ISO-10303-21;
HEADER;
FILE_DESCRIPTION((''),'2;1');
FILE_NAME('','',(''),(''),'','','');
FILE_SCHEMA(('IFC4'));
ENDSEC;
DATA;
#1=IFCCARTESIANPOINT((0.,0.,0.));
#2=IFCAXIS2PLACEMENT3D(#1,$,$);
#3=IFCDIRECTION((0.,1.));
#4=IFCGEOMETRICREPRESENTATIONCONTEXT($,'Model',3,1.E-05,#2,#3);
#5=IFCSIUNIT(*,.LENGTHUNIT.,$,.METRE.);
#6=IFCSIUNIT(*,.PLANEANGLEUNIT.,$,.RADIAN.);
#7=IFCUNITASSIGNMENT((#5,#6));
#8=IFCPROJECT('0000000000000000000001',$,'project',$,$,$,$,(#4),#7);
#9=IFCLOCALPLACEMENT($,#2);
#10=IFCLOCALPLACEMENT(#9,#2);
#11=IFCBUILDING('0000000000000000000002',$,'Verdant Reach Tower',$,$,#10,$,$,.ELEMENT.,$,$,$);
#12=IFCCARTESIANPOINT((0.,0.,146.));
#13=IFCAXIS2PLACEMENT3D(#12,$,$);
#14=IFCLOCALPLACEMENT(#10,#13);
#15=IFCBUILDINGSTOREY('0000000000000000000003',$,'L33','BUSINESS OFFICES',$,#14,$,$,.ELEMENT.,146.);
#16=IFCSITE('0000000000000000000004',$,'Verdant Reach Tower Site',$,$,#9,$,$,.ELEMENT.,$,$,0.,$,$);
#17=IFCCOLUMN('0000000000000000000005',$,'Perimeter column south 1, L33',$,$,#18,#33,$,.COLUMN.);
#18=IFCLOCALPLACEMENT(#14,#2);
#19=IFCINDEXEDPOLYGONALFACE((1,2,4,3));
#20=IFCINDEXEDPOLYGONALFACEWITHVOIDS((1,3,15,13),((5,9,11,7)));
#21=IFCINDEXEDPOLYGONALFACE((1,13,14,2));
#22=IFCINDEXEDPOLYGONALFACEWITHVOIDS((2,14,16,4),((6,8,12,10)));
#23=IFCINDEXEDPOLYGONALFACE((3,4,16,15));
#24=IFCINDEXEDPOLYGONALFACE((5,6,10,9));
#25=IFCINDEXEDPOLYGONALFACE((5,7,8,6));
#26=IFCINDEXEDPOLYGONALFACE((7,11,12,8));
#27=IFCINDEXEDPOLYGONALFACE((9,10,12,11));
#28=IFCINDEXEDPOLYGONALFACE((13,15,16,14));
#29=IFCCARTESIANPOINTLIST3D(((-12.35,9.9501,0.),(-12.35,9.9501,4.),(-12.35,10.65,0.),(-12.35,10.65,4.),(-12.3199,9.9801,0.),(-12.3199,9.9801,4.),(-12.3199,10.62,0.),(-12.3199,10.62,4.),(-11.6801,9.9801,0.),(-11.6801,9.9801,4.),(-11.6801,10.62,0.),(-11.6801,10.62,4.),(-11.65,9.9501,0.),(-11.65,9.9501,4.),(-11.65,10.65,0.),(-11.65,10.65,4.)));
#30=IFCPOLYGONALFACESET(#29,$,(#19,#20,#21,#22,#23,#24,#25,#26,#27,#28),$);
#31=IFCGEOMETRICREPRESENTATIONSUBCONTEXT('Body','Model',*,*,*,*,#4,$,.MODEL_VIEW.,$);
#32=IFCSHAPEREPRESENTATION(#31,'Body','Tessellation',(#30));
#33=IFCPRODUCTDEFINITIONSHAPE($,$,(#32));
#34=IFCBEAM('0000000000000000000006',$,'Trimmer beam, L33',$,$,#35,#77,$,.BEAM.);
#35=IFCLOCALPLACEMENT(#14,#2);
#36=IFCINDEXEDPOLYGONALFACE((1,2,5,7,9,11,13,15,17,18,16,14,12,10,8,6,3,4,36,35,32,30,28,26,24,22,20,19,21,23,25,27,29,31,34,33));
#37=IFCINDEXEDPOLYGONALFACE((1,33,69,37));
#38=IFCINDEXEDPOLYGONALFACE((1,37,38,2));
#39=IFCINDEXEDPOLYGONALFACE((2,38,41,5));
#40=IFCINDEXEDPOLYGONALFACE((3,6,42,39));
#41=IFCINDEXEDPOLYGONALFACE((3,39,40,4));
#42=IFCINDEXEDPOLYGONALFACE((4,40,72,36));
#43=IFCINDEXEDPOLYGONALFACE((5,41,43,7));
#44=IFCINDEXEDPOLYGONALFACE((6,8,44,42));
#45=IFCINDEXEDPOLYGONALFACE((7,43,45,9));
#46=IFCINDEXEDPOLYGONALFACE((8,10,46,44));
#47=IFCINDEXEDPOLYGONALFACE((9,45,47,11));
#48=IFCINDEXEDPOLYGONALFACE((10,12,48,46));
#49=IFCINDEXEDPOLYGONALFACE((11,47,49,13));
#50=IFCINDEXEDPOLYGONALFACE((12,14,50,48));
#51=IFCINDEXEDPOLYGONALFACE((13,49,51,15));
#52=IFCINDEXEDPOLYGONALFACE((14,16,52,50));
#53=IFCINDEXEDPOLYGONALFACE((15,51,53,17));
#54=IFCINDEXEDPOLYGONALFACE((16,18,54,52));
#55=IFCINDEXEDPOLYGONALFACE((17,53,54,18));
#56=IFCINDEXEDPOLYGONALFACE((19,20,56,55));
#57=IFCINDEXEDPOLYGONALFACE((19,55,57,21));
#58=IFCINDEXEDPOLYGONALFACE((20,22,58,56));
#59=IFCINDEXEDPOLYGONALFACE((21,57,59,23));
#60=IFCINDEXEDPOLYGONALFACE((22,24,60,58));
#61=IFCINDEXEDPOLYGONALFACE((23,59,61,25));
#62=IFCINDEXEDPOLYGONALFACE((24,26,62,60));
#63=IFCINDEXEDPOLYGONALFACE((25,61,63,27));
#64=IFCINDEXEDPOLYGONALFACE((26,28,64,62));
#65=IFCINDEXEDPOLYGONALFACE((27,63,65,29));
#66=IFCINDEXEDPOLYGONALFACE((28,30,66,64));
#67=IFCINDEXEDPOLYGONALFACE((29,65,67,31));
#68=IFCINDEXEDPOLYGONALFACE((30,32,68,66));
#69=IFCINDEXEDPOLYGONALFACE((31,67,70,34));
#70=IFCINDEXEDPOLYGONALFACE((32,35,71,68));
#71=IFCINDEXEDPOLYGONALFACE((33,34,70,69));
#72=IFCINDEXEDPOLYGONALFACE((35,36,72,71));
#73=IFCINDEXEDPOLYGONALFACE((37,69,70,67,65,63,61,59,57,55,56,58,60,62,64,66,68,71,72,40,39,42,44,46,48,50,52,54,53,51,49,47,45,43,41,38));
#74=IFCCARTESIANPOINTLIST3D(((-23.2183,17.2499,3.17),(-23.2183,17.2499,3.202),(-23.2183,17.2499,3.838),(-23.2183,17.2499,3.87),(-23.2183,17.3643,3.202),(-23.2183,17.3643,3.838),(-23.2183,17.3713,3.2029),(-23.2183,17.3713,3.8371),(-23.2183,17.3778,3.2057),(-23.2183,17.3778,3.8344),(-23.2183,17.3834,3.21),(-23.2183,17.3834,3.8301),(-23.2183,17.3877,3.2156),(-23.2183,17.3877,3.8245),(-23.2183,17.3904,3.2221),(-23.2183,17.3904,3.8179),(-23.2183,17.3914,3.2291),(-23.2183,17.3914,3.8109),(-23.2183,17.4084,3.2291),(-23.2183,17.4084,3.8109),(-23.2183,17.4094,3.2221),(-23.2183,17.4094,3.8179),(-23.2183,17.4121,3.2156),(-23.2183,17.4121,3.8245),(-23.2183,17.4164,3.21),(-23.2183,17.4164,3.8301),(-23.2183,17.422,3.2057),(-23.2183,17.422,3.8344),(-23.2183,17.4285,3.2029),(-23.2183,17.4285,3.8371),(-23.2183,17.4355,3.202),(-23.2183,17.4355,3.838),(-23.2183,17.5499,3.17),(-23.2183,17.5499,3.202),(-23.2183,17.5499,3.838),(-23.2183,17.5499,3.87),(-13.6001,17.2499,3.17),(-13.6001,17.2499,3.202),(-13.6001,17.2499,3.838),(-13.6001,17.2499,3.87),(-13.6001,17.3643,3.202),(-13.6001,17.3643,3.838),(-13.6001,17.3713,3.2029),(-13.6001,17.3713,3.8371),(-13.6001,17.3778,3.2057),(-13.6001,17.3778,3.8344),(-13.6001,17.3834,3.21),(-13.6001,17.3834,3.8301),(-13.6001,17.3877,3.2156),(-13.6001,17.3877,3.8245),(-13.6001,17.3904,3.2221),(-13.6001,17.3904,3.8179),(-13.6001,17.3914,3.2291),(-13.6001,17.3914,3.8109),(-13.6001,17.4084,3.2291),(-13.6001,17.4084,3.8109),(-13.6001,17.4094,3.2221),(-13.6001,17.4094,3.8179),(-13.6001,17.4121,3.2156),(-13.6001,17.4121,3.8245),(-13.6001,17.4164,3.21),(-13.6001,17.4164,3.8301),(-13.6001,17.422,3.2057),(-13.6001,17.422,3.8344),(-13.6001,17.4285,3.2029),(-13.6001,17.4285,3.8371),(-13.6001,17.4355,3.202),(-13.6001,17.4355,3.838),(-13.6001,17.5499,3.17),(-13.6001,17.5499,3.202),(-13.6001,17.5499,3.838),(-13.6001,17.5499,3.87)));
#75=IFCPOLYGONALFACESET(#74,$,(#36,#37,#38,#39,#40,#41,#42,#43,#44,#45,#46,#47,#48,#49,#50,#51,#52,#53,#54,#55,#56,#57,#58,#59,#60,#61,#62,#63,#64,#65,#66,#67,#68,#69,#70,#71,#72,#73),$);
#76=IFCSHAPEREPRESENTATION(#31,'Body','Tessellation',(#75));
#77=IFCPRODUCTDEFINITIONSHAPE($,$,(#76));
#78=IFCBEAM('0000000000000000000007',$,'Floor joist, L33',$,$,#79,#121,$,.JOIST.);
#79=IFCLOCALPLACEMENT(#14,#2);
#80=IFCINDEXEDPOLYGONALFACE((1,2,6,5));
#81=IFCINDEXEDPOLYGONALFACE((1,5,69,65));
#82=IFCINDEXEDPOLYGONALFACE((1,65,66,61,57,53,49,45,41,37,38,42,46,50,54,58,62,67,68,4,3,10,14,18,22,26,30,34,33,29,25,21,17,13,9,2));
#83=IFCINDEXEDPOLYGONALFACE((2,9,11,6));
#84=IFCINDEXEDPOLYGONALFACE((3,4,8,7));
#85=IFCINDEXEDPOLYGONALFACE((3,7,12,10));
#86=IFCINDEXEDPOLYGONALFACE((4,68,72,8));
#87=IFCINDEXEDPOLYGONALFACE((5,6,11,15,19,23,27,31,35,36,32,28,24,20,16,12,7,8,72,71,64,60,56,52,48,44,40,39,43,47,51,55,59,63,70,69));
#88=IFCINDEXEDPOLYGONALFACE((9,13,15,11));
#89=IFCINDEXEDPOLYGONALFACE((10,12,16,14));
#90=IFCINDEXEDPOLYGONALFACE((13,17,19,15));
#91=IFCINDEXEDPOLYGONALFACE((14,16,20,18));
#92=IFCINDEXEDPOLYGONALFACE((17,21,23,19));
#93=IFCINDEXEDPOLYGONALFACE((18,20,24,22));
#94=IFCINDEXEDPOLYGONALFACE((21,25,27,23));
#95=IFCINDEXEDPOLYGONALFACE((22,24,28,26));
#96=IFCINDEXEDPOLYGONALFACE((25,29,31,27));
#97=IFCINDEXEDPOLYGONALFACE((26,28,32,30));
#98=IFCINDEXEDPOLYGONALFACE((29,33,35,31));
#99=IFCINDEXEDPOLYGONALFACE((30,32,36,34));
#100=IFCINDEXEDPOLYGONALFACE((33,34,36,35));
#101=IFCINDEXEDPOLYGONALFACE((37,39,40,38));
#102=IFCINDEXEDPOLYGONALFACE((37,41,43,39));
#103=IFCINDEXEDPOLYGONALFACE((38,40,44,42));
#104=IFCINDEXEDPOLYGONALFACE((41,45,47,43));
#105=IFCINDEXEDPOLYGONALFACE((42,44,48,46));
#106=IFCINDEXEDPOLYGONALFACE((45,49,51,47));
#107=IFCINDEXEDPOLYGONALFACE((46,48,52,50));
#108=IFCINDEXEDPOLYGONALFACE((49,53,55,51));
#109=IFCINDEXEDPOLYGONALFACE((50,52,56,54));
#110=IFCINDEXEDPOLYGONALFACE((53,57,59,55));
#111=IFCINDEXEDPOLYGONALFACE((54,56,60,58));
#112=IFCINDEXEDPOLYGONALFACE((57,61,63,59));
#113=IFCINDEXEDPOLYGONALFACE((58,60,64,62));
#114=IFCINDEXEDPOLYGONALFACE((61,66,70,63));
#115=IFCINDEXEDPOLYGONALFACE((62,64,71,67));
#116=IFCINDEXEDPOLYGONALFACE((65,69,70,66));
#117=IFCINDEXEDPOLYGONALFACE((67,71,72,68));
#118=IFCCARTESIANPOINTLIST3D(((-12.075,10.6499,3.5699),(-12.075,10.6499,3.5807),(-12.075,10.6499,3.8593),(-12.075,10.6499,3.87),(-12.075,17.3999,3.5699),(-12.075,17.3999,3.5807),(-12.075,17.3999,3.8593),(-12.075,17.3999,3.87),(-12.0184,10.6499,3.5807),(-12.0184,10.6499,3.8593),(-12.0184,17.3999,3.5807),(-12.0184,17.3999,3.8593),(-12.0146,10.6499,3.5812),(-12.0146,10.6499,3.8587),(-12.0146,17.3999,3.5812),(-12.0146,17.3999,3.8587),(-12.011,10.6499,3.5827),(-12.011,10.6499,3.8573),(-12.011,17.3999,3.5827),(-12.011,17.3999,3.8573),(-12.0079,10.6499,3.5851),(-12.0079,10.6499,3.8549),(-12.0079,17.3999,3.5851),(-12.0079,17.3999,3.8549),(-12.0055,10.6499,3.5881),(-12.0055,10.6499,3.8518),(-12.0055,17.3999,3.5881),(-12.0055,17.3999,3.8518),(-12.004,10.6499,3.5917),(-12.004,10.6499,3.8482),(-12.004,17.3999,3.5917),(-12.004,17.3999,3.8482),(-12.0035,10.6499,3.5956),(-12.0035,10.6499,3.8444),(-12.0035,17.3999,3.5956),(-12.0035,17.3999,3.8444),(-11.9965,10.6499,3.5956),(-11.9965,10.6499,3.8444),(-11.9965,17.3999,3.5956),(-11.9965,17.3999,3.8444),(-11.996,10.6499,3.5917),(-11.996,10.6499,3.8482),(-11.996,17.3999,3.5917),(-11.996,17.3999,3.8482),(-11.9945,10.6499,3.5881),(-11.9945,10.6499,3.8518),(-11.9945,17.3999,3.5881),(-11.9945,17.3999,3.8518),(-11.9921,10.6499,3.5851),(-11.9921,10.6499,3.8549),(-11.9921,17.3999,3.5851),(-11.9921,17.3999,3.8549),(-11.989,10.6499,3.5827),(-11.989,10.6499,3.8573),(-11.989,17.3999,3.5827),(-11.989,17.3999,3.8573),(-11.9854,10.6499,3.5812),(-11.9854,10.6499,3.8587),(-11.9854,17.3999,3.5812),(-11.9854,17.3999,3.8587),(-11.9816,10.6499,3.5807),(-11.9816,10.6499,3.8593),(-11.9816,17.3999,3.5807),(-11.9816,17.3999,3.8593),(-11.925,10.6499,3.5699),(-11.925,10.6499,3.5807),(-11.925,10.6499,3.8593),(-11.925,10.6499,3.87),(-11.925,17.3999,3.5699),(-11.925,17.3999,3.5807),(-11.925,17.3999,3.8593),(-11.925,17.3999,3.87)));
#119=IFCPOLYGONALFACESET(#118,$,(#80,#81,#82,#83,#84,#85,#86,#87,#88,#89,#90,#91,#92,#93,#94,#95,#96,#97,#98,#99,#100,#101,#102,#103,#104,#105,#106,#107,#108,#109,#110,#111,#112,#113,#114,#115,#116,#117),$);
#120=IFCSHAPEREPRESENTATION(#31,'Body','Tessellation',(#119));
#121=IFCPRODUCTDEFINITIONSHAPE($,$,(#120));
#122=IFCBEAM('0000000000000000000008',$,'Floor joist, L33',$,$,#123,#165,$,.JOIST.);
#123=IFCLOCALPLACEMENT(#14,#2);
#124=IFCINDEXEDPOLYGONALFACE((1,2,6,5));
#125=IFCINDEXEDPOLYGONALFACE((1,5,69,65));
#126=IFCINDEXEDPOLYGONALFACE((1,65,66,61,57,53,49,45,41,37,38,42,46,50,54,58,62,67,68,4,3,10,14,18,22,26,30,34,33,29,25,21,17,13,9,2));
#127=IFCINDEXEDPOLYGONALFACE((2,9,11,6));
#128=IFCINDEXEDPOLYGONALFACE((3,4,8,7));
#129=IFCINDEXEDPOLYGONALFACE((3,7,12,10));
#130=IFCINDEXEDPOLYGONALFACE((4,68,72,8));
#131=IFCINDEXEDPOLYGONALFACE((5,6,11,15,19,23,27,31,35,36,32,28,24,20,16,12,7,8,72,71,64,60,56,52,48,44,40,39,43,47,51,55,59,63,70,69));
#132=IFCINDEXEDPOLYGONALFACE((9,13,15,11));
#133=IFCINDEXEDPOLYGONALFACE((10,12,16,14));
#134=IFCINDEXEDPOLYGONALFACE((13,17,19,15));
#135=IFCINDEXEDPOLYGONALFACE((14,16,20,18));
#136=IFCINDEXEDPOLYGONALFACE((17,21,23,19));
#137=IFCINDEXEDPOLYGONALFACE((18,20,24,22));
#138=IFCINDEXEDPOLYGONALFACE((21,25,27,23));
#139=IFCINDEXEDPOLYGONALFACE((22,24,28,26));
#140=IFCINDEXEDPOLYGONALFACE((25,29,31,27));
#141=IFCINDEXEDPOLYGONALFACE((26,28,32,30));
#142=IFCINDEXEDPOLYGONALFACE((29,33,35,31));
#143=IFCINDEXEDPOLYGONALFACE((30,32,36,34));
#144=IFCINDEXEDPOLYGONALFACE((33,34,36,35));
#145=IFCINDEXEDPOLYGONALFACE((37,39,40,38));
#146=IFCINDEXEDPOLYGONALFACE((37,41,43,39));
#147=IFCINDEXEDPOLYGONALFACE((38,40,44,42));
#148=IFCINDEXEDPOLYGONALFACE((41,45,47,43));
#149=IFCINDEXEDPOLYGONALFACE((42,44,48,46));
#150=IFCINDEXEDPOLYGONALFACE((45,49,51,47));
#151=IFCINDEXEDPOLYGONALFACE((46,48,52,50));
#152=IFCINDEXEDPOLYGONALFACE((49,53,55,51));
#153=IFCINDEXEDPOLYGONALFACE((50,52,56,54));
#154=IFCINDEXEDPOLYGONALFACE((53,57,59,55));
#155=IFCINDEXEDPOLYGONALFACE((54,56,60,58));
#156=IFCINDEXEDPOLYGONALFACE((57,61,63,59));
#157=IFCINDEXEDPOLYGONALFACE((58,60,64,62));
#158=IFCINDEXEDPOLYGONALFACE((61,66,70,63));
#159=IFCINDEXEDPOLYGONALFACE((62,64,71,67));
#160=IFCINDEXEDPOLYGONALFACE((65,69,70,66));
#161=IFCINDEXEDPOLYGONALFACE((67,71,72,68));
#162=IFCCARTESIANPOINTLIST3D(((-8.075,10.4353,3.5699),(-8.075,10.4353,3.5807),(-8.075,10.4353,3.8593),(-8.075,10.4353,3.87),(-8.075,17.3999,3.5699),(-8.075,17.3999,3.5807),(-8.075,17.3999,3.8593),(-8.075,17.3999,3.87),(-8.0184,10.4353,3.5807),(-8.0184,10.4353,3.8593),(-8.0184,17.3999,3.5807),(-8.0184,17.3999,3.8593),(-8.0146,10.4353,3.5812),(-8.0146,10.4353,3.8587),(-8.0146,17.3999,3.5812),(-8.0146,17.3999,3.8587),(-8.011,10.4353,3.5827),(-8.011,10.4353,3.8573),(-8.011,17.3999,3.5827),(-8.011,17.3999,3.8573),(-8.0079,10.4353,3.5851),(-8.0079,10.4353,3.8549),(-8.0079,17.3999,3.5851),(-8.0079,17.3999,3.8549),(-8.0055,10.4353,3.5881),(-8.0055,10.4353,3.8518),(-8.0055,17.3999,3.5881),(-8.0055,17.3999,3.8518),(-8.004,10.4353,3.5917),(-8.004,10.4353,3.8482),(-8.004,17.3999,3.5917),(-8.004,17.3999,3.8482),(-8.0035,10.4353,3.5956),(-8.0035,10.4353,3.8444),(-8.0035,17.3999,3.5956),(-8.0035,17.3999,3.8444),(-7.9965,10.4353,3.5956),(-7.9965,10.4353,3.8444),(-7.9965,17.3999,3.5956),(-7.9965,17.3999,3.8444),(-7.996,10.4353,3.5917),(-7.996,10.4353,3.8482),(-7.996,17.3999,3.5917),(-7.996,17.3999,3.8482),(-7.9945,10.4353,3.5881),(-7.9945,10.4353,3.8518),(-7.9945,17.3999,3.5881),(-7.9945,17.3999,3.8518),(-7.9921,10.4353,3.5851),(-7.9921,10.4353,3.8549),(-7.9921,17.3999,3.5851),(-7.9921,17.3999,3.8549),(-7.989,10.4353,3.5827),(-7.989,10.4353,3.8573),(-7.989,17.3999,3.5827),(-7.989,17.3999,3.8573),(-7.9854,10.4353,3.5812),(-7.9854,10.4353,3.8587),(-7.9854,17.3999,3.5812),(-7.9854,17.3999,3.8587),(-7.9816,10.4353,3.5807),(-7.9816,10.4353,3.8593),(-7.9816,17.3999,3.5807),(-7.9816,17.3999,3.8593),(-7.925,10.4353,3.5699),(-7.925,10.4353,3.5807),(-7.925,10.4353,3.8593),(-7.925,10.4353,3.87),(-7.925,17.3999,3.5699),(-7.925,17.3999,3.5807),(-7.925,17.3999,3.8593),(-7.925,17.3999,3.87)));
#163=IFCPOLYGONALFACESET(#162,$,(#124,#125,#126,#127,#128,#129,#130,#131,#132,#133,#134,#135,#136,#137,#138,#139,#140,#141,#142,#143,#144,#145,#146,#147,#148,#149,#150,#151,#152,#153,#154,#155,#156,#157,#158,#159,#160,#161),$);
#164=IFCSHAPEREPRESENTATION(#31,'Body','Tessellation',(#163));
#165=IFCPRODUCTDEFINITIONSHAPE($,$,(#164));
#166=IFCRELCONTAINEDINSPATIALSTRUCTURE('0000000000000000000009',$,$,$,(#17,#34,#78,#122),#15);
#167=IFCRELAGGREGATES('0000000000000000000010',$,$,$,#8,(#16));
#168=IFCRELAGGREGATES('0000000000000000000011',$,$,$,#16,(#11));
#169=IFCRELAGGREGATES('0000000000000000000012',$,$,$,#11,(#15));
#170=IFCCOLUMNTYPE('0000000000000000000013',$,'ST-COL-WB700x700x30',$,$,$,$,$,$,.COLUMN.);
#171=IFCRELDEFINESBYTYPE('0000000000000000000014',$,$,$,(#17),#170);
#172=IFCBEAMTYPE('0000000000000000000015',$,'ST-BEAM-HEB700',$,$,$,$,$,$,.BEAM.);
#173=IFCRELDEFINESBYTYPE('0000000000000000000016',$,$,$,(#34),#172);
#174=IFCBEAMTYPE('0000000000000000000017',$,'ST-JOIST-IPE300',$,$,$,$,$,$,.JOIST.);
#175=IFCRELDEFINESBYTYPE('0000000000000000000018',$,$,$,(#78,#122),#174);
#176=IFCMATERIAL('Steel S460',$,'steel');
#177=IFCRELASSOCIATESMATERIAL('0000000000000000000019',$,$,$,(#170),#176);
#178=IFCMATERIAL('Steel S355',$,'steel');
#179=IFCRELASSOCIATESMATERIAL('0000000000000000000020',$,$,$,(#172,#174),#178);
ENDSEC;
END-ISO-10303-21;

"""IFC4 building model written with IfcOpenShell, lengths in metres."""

from ifc_helpers import new_model, si_unit, direction, frame, origin, origin_2d, place, context, subcontext, project, spatial, hollow_rectangle, i_section, extrude, material, material_profile, profile_set, type_object, element, save


model = new_model("IFC4")

# Units and contexts
model_context = context("Model", 3, precision=1e-05, world=origin(), true_north=direction((0.0, 1.0)))
body_context = subcontext(model_context, "Body", "Model", "MODEL_VIEW")
ifc_project = project(units=[si_unit("LENGTHUNIT", "METRE"), si_unit("PLANEANGLEUNIT", "RADIAN")], contexts=[model_context])

# Site, building, storey
site_placement = place(None, origin())
site = spatial("IfcSite", under=ifc_project, at=site_placement, Name="Verdant Reach Tower Site", CompositionType="ELEMENT", RefElevation=0.0)
building_placement = place(site_placement, origin())
building = spatial("IfcBuilding", under=site, at=building_placement, Name="Verdant Reach Tower", CompositionType="ELEMENT")
storey_placement = place(building_placement, frame((0.0, 0.0, 146.0)))
storey = spatial("IfcBuildingStorey", under=building, at=storey_placement, Name="L33", Description="BUSINESS OFFICES", CompositionType="ELEMENT", Elevation=146.0)

# Column
ifc_material_1 = material(Name="Steel S460", Category="steel")
ifc_material_profile_1 = material_profile(ifc_material_1, hollow_rectangle(XDim=0.7, YDim=0.7, WallThickness=0.03, at=origin_2d()), Name="WB 700x700x30")
ifc_profile_set_1 = profile_set([ifc_material_profile_1], Name="Steel S460")
column_type = type_object("IfcColumnType", Name="ST-COL-WB700x700x30", PredefinedType="COLUMN", material=ifc_profile_set_1)
column_placement = place(storey_placement, frame((-12.0, 10.3, 0.0), z_axis=(0.0, 0.0, 1.0), x_axis=(1.0, 0.0, 0.0)))
element("IfcColumn", 1, at=column_placement, inside=storey, type_object=column_type, Name="Perimeter column south 1, L33", PredefinedType="COLUMN", context=body_context, shape_type="SweptSolid", body=[
    extrude(hollow_rectangle(XDim=0.7, YDim=0.7, WallThickness=0.03, at=origin_2d()), origin(), (0.0, 0.0, 1.0), 4.0),
])

# Beams
ifc_material_2 = material(Name="Steel S355", Category="steel")
ifc_material_profile_2 = material_profile(ifc_material_2, i_section(OverallWidth=0.3, OverallDepth=0.7, WebThickness=0.0171, FlangeThickness=0.032, FilletRadius=0.0271, at=origin_2d()), Name="HEB 700")
ifc_profile_set_2 = profile_set([ifc_material_profile_2], Name="Steel S355")
beam_type_1 = type_object("IfcBeamType", Name="ST-BEAM-HEB700", PredefinedType="BEAM", material=ifc_profile_set_2)
beam_1_placement = place(storey_placement, frame((-13.6001, 17.3999, 3.52), z_axis=(-1.0, 0.0, 0.0), x_axis=(0.0, -1.0, 0.0)))
element("IfcBeam", 2, at=beam_1_placement, inside=storey, type_object=beam_type_1, Name="Trimmer beam, L33", PredefinedType="BEAM", context=body_context, shape_type="SweptSolid", body=[
    extrude(i_section(OverallWidth=0.3, OverallDepth=0.7, WebThickness=0.0171, FlangeThickness=0.032, FilletRadius=0.0271, at=origin_2d()), origin(), (0.0, 0.0, 1.0), 9.6182),
])
ifc_material_profile_3 = material_profile(ifc_material_2, i_section(OverallWidth=0.1499, OverallDepth=0.3, WebThickness=0.0071, FlangeThickness=0.0107, FilletRadius=0.0149, at=origin_2d()), Name="IPE 300")
ifc_profile_set_3 = profile_set([ifc_material_profile_3], Name="Steel S355")
beam_type_2 = type_object("IfcBeamType", Name="ST-JOIST-IPE300", PredefinedType="JOIST", material=ifc_profile_set_3)
beam_2_placement = place(storey_placement, frame((-12.0, 17.3999, 3.72), z_axis=(0.0, -1.0, 0.0), x_axis=(1.0, 0.0, 0.0)))
element("IfcBeam", 3, at=beam_2_placement, inside=storey, type_object=beam_type_2, Name="Floor joist, L33", PredefinedType="JOIST", context=body_context, shape_type="SweptSolid", body=[
    extrude(i_section(OverallWidth=0.1499, OverallDepth=0.3, WebThickness=0.0071, FlangeThickness=0.0107, FilletRadius=0.0149, at=origin_2d()), origin(), (0.0, 0.0, 1.0), 6.75),
])
beam_3_placement = place(storey_placement, frame((-8.0, 17.3999, 3.72), z_axis=(0.0, -1.0, 0.0), x_axis=(1.0, 0.0, 0.0)))
element("IfcBeam", 4, at=beam_3_placement, inside=storey, type_object=beam_type_2, Name="Floor joist, L33", PredefinedType="JOIST", context=body_context, shape_type="SweptSolid", body=[
    extrude(i_section(OverallWidth=0.1499, OverallDepth=0.3, WebThickness=0.0071, FlangeThickness=0.0107, FilletRadius=0.0149, at=origin_2d()), origin(), (0.0, 0.0, 1.0), 6.9646),
])

save(model, "model.ifc")
